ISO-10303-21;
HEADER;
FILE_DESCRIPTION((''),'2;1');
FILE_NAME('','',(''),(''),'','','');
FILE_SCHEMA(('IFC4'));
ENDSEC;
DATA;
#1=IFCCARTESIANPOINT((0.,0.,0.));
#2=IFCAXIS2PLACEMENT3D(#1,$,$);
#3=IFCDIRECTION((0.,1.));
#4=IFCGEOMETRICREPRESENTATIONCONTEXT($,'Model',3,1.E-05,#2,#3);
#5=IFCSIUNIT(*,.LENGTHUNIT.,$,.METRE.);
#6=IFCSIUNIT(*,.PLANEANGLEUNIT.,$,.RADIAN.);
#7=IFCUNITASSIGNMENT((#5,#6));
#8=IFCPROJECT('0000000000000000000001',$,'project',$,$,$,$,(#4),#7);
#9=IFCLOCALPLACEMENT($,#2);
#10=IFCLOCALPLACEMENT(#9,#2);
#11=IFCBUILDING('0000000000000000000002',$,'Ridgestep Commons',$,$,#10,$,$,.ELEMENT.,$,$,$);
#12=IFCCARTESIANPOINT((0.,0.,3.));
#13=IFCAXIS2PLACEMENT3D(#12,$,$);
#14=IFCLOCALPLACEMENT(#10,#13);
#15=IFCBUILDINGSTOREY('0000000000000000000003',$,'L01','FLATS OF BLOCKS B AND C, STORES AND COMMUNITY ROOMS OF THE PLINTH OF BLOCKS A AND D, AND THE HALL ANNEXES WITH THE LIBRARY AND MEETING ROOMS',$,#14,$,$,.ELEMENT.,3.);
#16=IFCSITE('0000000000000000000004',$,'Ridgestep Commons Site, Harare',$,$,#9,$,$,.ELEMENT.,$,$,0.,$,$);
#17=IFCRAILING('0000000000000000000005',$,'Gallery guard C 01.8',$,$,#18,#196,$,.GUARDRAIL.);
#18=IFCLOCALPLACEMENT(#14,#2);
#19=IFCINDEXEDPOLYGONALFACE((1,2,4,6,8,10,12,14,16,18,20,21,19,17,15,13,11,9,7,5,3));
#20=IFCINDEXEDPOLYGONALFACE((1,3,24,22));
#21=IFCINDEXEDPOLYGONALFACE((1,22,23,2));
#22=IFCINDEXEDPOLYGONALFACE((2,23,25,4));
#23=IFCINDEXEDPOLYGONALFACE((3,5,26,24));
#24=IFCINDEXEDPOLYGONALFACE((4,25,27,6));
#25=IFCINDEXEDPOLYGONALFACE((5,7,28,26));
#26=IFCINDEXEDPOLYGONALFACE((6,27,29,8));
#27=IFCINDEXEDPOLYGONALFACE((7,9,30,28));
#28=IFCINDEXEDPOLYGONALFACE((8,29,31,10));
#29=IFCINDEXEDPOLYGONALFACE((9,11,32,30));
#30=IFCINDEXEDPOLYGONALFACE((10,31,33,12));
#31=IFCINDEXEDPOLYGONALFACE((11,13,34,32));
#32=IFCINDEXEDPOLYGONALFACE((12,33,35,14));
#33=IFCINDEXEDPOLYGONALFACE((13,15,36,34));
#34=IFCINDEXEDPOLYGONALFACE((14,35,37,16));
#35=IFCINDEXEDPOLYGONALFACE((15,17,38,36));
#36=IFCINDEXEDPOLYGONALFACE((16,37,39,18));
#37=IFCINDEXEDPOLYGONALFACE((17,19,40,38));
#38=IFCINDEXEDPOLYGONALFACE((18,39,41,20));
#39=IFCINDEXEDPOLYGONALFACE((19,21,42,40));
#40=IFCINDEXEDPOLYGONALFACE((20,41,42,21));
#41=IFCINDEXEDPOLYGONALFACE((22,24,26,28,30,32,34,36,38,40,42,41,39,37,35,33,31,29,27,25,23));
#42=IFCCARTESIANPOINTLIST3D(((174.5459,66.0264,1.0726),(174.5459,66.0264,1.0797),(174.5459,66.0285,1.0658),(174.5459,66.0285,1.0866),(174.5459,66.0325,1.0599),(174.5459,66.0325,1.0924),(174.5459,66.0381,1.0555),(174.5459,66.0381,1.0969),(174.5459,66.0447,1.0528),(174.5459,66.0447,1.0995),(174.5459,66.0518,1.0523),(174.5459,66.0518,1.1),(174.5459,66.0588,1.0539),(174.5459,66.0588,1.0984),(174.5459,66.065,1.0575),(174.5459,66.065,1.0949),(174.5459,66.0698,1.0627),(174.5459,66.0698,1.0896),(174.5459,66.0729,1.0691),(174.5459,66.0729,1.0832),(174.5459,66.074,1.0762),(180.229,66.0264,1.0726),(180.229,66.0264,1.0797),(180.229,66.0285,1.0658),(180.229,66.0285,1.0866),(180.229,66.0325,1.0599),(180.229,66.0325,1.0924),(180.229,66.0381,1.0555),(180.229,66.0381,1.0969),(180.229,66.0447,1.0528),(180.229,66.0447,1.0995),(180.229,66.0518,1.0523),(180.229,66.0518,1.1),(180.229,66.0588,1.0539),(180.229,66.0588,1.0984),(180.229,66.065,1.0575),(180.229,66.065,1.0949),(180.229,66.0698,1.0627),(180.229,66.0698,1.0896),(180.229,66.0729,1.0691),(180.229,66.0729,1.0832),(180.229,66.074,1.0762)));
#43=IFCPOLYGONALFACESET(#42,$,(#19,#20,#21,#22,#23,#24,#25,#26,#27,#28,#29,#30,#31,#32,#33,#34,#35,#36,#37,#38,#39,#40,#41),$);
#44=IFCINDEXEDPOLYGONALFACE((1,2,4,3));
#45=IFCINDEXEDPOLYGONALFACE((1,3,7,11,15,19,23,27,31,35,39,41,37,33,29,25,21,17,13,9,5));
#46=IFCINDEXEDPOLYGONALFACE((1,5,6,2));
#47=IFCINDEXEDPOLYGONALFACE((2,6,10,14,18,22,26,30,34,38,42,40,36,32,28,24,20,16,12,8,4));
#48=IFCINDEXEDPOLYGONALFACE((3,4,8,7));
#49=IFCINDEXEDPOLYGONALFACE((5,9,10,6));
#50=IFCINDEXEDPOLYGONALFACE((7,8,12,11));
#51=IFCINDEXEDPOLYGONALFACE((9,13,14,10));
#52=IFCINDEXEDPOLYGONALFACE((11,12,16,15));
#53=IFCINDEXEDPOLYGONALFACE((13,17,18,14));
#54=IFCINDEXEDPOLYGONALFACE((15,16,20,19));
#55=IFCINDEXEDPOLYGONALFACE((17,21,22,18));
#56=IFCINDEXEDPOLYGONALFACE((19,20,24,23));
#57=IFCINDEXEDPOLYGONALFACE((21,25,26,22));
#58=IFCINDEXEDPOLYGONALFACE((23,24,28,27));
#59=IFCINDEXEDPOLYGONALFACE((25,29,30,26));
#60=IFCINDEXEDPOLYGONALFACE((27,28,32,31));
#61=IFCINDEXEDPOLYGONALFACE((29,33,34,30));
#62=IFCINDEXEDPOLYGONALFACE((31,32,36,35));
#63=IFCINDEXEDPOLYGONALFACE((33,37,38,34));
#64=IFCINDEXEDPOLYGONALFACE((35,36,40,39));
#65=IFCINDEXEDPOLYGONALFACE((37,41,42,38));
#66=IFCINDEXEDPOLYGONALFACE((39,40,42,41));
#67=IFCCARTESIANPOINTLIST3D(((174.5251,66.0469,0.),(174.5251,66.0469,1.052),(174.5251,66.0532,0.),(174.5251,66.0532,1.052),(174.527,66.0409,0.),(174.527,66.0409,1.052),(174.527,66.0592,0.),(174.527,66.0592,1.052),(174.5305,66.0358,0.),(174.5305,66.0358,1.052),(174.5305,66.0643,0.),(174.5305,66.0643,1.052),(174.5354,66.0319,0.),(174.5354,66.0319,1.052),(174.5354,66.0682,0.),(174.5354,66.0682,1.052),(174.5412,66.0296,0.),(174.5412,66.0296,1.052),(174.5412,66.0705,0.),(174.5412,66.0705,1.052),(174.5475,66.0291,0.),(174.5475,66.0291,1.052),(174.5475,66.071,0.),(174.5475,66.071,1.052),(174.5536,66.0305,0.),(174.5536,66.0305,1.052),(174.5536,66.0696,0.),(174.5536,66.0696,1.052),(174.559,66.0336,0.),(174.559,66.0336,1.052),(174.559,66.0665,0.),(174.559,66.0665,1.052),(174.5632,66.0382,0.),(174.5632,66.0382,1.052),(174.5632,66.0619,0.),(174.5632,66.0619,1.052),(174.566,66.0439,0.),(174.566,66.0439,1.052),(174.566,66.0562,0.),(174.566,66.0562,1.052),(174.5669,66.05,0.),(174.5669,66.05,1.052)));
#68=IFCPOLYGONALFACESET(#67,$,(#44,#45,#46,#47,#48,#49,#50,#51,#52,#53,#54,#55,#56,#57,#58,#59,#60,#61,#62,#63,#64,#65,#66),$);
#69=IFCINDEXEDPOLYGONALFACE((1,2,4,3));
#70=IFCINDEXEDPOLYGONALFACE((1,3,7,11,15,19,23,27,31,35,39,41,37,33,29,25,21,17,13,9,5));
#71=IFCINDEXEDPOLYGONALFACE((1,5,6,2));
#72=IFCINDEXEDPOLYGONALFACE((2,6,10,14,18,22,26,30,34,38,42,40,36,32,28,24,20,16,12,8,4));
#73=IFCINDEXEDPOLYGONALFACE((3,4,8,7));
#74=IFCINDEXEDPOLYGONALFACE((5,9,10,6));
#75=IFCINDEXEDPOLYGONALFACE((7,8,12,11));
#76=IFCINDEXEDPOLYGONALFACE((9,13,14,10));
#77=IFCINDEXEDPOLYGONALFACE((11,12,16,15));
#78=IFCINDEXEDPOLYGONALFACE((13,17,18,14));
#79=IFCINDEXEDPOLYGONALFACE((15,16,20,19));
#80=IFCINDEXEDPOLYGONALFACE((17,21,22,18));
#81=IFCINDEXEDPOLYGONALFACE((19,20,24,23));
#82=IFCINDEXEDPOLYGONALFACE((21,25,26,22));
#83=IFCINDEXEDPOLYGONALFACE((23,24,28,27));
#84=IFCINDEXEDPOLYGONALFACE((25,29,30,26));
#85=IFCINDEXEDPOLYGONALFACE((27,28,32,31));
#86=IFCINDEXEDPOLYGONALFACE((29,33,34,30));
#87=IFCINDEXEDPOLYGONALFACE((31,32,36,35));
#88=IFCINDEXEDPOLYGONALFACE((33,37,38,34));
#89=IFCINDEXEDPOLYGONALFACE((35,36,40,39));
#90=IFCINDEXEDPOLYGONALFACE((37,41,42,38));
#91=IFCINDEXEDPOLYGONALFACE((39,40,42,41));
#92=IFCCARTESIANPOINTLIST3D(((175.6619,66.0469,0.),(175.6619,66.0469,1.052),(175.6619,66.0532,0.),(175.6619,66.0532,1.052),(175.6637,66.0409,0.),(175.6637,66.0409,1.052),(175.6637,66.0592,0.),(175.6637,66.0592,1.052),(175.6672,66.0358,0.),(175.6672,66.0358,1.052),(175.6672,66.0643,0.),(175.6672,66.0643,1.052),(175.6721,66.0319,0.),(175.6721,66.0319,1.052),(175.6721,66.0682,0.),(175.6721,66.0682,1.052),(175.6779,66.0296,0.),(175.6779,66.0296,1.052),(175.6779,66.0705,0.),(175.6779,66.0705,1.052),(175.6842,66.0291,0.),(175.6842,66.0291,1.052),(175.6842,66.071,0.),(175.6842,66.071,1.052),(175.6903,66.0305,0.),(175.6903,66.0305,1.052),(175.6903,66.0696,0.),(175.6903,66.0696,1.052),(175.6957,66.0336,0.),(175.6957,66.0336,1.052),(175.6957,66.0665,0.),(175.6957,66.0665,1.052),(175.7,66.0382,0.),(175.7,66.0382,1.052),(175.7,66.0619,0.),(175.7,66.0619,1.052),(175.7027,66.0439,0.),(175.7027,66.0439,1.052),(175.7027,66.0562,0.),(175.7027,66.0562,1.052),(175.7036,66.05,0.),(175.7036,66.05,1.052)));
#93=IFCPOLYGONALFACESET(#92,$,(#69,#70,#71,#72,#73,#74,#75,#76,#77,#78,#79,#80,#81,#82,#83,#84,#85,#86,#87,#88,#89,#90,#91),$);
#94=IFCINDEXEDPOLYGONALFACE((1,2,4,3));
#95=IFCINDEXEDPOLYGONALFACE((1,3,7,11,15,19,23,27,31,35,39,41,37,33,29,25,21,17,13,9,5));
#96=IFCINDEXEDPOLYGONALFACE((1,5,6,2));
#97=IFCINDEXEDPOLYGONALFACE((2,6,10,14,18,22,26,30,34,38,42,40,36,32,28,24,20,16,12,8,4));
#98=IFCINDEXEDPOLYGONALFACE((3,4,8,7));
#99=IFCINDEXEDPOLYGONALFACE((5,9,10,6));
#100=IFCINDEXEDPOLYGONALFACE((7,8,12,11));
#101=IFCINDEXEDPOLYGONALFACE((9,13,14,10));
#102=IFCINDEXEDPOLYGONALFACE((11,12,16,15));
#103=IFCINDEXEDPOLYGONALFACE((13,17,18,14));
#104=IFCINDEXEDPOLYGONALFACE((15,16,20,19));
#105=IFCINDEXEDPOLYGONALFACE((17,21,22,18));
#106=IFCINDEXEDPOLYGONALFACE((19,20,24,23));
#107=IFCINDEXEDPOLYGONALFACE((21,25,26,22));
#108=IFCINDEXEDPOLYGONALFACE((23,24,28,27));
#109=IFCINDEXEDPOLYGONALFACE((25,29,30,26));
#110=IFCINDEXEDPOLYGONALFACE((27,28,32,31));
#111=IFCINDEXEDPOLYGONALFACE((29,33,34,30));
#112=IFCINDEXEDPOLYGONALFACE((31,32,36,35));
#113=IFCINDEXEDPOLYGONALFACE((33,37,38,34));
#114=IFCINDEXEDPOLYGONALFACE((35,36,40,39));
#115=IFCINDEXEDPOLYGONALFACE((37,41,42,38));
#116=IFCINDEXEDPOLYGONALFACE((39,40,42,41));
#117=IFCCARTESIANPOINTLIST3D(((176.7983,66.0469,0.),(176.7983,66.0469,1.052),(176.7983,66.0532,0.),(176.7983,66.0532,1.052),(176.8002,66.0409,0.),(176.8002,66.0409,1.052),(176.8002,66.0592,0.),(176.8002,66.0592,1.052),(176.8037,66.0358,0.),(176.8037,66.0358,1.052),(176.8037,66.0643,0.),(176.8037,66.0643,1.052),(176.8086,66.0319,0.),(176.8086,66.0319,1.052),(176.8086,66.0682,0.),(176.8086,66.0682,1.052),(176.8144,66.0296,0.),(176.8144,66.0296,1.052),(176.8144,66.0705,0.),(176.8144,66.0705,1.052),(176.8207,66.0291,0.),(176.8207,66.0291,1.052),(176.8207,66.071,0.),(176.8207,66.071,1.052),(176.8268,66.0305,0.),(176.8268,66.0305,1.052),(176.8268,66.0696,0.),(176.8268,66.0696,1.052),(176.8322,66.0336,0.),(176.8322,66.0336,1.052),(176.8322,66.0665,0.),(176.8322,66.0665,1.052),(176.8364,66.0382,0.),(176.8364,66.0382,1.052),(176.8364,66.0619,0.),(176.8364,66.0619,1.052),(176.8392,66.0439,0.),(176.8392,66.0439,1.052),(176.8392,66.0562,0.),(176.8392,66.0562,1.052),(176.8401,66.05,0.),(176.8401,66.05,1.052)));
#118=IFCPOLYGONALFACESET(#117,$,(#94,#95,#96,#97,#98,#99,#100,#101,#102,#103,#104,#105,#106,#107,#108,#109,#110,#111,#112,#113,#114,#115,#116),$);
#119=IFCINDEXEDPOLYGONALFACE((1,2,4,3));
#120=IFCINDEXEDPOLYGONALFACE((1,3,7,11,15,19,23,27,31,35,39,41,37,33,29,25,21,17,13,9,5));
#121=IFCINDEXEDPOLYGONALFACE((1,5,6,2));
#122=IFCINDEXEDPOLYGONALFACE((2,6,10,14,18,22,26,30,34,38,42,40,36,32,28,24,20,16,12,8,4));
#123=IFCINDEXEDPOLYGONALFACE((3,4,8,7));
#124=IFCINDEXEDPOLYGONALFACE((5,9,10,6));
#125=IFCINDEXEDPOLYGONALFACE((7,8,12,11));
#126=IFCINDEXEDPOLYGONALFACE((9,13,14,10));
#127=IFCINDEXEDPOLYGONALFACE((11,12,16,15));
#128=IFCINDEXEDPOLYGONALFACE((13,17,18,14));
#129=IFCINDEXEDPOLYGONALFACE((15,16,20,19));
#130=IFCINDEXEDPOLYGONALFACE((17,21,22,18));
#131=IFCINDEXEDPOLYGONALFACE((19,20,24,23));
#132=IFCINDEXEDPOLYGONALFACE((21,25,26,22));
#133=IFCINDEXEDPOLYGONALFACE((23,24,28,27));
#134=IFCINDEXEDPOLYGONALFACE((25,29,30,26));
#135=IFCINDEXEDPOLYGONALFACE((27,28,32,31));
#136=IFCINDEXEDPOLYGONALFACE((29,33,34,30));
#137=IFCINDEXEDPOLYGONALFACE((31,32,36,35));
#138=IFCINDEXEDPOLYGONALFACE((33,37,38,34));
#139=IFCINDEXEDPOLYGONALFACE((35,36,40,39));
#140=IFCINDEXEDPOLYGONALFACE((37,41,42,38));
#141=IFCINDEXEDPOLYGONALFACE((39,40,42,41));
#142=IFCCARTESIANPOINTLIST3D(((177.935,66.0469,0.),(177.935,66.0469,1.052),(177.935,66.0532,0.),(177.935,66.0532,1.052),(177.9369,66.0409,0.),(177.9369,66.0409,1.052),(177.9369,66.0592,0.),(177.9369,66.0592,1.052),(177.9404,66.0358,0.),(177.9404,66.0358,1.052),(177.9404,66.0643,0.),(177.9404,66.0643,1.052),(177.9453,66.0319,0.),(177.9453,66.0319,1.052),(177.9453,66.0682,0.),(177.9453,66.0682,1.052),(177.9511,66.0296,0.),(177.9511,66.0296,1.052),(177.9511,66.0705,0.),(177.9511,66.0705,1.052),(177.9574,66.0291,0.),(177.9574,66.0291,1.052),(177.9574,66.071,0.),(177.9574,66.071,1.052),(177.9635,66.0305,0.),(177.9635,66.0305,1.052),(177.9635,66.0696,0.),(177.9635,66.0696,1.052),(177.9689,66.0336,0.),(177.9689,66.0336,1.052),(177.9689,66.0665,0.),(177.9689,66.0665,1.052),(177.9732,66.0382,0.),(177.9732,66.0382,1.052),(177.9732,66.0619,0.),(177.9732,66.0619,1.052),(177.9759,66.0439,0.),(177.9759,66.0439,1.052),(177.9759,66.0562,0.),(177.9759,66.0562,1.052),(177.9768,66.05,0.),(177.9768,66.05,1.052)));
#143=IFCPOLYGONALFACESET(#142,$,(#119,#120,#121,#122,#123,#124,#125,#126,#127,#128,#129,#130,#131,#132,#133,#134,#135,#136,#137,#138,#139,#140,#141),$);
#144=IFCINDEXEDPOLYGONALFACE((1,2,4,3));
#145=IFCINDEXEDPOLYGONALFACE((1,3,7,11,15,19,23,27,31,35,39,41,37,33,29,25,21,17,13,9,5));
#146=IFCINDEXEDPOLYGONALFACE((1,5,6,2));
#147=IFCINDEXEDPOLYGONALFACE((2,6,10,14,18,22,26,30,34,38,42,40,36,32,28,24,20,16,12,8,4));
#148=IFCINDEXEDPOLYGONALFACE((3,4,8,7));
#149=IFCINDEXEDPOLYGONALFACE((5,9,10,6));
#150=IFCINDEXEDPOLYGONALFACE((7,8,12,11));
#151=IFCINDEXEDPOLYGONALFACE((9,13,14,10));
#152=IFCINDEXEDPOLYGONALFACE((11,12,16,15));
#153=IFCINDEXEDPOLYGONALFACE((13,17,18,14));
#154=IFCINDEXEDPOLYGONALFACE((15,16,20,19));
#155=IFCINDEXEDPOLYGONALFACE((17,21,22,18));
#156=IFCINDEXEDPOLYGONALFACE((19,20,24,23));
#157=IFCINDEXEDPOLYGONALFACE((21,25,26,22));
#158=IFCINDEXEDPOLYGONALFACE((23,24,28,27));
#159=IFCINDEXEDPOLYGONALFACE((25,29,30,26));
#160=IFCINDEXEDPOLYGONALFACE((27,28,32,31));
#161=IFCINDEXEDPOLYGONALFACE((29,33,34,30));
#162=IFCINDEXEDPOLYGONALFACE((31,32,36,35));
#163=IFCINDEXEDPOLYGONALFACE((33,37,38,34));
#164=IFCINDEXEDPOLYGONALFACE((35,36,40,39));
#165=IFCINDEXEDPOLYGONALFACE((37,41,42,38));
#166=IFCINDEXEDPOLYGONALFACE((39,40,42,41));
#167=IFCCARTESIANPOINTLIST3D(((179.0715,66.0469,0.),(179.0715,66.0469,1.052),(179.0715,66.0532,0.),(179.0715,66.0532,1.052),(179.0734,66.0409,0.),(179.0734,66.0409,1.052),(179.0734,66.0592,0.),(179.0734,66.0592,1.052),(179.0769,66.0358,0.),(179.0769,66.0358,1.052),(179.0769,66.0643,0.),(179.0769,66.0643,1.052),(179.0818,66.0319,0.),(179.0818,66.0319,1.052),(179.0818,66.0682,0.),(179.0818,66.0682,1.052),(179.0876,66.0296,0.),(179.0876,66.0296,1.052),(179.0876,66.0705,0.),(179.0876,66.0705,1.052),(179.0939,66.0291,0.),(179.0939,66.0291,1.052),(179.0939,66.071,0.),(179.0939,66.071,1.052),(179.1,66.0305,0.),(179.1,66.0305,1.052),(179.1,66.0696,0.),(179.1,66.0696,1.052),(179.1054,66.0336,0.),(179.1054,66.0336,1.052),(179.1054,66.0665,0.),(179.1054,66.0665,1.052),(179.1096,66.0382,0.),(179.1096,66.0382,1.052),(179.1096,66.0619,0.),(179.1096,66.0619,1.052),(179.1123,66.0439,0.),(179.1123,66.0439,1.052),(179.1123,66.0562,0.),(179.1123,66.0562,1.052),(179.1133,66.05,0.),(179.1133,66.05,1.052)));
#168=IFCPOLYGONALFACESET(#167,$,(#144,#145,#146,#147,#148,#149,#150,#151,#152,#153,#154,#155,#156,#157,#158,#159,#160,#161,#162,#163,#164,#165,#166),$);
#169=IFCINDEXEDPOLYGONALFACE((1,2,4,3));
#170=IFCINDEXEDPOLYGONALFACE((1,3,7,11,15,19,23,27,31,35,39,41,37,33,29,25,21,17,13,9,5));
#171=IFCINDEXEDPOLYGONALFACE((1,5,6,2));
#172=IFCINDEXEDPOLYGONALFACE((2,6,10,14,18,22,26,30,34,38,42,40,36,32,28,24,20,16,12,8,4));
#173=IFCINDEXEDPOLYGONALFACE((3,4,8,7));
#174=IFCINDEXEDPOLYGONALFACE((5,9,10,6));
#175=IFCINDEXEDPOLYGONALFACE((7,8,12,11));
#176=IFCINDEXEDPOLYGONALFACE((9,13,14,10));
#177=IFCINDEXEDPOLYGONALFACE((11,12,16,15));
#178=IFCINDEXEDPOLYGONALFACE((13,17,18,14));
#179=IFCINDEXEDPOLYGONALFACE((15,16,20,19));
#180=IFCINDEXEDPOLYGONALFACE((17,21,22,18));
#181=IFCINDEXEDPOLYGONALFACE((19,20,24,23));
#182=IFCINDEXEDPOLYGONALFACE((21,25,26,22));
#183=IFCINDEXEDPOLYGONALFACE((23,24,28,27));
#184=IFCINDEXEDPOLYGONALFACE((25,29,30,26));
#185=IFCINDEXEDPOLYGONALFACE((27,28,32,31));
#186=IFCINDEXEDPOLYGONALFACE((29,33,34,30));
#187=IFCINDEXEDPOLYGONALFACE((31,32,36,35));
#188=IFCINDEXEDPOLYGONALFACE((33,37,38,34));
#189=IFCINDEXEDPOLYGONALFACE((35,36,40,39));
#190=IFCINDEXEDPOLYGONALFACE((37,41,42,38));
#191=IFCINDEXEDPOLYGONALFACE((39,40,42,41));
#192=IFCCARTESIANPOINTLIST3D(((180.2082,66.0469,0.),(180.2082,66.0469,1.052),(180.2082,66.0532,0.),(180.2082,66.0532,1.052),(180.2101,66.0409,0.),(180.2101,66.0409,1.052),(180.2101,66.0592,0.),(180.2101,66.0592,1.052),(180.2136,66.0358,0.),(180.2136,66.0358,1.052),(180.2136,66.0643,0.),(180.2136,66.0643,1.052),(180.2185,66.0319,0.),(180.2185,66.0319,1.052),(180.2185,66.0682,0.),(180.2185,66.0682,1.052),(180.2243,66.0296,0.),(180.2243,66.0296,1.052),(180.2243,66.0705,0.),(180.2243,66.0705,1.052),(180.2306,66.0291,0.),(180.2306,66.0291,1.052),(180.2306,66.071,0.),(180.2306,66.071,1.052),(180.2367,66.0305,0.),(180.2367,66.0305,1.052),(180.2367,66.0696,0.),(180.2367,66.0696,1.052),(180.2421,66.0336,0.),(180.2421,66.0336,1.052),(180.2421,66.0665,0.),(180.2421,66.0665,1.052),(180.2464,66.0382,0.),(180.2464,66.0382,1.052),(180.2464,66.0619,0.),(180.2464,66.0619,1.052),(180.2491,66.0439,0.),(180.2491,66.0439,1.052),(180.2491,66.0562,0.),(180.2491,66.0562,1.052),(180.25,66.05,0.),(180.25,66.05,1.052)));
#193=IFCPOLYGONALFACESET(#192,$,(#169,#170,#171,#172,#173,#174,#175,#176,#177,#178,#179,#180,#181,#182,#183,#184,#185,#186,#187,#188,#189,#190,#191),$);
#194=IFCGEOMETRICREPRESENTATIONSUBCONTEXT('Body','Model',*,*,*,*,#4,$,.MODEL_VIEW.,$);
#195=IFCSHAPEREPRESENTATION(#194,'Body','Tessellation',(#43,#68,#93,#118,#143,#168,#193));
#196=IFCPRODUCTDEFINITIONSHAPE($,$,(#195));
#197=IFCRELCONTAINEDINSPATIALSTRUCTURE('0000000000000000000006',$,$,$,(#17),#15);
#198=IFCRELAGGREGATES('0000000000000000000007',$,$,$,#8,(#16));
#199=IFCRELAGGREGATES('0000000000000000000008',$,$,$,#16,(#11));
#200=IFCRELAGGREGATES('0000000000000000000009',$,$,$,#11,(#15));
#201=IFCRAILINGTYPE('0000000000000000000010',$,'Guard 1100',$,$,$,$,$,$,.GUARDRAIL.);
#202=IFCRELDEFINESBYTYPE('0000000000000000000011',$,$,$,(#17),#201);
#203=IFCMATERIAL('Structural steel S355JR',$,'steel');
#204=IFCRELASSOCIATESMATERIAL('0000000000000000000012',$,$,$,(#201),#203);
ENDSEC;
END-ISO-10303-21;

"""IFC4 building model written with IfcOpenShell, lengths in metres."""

from ifc_helpers import new_model, si_unit, direction, frame, origin, origin_2d, place, context, subcontext, project, spatial, circle, extrude, material, type_object, element, save


model = new_model("IFC4")

# Units and contexts
model_context = context("Model", 3, precision=1e-05, world=origin(), true_north=direction((0.0, 1.0)))
body_context = subcontext(model_context, "Body", "Model", "MODEL_VIEW")
ifc_project = project(units=[si_unit("LENGTHUNIT", "METRE"), si_unit("PLANEANGLEUNIT", "RADIAN")], contexts=[model_context])

# Site, building, storey
site_placement = place(None, origin())
site = spatial("IfcSite", under=ifc_project, at=site_placement, Name="Ridgestep Commons Site, Harare", CompositionType="ELEMENT", RefElevation=0.0)
building_placement = place(site_placement, origin())
building = spatial("IfcBuilding", under=site, at=building_placement, Name="Ridgestep Commons", CompositionType="ELEMENT")
storey_placement = place(building_placement, frame((0.0, 0.0, 3.0)))
storey = spatial("IfcBuildingStorey", under=building, at=storey_placement, Name="L01", Description="FLATS OF BLOCKS B AND C, STORES AND COMMUNITY ROOMS OF THE PLINTH OF BLOCKS A AND D, AND THE HALL ANNEXES WITH THE LIBRARY AND MEETING ROOMS", CompositionType="ELEMENT", Elevation=3.0)

# Railing
ifc_material_1 = material(Name="Structural steel S355JR", Category="steel")
railing_type = type_object("IfcRailingType", Name="Guard 1100", PredefinedType="GUARDRAIL", material=ifc_material_1)
railing_1_placement = place(storey_placement, frame((174.5459, 66.05, 0.0)))
element("IfcRailing", 1, at=railing_1_placement, inside=storey, type_object=railing_type, Name="Gallery guard C 01.8", PredefinedType="GUARDRAIL", context=body_context, shape_type="SweptSolid", body=[
    extrude(circle(Radius=0.0239, at=origin_2d()), frame((0.0, 0.0, 1.0762), z_axis=(1.0, 0.0, 0.0), x_axis=(0.0, 1.0, 0.0)), (0.0, 0.0, 1.0), 5.6831),
    extrude(circle(Radius=0.021, at=origin_2d()), origin(), (0.0, 0.0, 1.0), 1.052),
    extrude(circle(Radius=0.021, at=origin_2d()), frame((1.1367, 0.0, 0.0)), (0.0, 0.0, 1.0), 1.052),
    extrude(circle(Radius=0.021, at=origin_2d()), frame((2.2732, 0.0, 0.0)), (0.0, 0.0, 1.0), 1.052),
    extrude(circle(Radius=0.021, at=origin_2d()), frame((3.4099, 0.0, 0.0)), (0.0, 0.0, 1.0), 1.052),
    extrude(circle(Radius=0.021, at=origin_2d()), frame((4.5464, 0.0, 0.0)), (0.0, 0.0, 1.0), 1.052),
    extrude(circle(Radius=0.021, at=origin_2d()), frame((5.6831, 0.0, 0.0)), (0.0, 0.0, 1.0), 1.052),
])

save(model, "model.ifc")
